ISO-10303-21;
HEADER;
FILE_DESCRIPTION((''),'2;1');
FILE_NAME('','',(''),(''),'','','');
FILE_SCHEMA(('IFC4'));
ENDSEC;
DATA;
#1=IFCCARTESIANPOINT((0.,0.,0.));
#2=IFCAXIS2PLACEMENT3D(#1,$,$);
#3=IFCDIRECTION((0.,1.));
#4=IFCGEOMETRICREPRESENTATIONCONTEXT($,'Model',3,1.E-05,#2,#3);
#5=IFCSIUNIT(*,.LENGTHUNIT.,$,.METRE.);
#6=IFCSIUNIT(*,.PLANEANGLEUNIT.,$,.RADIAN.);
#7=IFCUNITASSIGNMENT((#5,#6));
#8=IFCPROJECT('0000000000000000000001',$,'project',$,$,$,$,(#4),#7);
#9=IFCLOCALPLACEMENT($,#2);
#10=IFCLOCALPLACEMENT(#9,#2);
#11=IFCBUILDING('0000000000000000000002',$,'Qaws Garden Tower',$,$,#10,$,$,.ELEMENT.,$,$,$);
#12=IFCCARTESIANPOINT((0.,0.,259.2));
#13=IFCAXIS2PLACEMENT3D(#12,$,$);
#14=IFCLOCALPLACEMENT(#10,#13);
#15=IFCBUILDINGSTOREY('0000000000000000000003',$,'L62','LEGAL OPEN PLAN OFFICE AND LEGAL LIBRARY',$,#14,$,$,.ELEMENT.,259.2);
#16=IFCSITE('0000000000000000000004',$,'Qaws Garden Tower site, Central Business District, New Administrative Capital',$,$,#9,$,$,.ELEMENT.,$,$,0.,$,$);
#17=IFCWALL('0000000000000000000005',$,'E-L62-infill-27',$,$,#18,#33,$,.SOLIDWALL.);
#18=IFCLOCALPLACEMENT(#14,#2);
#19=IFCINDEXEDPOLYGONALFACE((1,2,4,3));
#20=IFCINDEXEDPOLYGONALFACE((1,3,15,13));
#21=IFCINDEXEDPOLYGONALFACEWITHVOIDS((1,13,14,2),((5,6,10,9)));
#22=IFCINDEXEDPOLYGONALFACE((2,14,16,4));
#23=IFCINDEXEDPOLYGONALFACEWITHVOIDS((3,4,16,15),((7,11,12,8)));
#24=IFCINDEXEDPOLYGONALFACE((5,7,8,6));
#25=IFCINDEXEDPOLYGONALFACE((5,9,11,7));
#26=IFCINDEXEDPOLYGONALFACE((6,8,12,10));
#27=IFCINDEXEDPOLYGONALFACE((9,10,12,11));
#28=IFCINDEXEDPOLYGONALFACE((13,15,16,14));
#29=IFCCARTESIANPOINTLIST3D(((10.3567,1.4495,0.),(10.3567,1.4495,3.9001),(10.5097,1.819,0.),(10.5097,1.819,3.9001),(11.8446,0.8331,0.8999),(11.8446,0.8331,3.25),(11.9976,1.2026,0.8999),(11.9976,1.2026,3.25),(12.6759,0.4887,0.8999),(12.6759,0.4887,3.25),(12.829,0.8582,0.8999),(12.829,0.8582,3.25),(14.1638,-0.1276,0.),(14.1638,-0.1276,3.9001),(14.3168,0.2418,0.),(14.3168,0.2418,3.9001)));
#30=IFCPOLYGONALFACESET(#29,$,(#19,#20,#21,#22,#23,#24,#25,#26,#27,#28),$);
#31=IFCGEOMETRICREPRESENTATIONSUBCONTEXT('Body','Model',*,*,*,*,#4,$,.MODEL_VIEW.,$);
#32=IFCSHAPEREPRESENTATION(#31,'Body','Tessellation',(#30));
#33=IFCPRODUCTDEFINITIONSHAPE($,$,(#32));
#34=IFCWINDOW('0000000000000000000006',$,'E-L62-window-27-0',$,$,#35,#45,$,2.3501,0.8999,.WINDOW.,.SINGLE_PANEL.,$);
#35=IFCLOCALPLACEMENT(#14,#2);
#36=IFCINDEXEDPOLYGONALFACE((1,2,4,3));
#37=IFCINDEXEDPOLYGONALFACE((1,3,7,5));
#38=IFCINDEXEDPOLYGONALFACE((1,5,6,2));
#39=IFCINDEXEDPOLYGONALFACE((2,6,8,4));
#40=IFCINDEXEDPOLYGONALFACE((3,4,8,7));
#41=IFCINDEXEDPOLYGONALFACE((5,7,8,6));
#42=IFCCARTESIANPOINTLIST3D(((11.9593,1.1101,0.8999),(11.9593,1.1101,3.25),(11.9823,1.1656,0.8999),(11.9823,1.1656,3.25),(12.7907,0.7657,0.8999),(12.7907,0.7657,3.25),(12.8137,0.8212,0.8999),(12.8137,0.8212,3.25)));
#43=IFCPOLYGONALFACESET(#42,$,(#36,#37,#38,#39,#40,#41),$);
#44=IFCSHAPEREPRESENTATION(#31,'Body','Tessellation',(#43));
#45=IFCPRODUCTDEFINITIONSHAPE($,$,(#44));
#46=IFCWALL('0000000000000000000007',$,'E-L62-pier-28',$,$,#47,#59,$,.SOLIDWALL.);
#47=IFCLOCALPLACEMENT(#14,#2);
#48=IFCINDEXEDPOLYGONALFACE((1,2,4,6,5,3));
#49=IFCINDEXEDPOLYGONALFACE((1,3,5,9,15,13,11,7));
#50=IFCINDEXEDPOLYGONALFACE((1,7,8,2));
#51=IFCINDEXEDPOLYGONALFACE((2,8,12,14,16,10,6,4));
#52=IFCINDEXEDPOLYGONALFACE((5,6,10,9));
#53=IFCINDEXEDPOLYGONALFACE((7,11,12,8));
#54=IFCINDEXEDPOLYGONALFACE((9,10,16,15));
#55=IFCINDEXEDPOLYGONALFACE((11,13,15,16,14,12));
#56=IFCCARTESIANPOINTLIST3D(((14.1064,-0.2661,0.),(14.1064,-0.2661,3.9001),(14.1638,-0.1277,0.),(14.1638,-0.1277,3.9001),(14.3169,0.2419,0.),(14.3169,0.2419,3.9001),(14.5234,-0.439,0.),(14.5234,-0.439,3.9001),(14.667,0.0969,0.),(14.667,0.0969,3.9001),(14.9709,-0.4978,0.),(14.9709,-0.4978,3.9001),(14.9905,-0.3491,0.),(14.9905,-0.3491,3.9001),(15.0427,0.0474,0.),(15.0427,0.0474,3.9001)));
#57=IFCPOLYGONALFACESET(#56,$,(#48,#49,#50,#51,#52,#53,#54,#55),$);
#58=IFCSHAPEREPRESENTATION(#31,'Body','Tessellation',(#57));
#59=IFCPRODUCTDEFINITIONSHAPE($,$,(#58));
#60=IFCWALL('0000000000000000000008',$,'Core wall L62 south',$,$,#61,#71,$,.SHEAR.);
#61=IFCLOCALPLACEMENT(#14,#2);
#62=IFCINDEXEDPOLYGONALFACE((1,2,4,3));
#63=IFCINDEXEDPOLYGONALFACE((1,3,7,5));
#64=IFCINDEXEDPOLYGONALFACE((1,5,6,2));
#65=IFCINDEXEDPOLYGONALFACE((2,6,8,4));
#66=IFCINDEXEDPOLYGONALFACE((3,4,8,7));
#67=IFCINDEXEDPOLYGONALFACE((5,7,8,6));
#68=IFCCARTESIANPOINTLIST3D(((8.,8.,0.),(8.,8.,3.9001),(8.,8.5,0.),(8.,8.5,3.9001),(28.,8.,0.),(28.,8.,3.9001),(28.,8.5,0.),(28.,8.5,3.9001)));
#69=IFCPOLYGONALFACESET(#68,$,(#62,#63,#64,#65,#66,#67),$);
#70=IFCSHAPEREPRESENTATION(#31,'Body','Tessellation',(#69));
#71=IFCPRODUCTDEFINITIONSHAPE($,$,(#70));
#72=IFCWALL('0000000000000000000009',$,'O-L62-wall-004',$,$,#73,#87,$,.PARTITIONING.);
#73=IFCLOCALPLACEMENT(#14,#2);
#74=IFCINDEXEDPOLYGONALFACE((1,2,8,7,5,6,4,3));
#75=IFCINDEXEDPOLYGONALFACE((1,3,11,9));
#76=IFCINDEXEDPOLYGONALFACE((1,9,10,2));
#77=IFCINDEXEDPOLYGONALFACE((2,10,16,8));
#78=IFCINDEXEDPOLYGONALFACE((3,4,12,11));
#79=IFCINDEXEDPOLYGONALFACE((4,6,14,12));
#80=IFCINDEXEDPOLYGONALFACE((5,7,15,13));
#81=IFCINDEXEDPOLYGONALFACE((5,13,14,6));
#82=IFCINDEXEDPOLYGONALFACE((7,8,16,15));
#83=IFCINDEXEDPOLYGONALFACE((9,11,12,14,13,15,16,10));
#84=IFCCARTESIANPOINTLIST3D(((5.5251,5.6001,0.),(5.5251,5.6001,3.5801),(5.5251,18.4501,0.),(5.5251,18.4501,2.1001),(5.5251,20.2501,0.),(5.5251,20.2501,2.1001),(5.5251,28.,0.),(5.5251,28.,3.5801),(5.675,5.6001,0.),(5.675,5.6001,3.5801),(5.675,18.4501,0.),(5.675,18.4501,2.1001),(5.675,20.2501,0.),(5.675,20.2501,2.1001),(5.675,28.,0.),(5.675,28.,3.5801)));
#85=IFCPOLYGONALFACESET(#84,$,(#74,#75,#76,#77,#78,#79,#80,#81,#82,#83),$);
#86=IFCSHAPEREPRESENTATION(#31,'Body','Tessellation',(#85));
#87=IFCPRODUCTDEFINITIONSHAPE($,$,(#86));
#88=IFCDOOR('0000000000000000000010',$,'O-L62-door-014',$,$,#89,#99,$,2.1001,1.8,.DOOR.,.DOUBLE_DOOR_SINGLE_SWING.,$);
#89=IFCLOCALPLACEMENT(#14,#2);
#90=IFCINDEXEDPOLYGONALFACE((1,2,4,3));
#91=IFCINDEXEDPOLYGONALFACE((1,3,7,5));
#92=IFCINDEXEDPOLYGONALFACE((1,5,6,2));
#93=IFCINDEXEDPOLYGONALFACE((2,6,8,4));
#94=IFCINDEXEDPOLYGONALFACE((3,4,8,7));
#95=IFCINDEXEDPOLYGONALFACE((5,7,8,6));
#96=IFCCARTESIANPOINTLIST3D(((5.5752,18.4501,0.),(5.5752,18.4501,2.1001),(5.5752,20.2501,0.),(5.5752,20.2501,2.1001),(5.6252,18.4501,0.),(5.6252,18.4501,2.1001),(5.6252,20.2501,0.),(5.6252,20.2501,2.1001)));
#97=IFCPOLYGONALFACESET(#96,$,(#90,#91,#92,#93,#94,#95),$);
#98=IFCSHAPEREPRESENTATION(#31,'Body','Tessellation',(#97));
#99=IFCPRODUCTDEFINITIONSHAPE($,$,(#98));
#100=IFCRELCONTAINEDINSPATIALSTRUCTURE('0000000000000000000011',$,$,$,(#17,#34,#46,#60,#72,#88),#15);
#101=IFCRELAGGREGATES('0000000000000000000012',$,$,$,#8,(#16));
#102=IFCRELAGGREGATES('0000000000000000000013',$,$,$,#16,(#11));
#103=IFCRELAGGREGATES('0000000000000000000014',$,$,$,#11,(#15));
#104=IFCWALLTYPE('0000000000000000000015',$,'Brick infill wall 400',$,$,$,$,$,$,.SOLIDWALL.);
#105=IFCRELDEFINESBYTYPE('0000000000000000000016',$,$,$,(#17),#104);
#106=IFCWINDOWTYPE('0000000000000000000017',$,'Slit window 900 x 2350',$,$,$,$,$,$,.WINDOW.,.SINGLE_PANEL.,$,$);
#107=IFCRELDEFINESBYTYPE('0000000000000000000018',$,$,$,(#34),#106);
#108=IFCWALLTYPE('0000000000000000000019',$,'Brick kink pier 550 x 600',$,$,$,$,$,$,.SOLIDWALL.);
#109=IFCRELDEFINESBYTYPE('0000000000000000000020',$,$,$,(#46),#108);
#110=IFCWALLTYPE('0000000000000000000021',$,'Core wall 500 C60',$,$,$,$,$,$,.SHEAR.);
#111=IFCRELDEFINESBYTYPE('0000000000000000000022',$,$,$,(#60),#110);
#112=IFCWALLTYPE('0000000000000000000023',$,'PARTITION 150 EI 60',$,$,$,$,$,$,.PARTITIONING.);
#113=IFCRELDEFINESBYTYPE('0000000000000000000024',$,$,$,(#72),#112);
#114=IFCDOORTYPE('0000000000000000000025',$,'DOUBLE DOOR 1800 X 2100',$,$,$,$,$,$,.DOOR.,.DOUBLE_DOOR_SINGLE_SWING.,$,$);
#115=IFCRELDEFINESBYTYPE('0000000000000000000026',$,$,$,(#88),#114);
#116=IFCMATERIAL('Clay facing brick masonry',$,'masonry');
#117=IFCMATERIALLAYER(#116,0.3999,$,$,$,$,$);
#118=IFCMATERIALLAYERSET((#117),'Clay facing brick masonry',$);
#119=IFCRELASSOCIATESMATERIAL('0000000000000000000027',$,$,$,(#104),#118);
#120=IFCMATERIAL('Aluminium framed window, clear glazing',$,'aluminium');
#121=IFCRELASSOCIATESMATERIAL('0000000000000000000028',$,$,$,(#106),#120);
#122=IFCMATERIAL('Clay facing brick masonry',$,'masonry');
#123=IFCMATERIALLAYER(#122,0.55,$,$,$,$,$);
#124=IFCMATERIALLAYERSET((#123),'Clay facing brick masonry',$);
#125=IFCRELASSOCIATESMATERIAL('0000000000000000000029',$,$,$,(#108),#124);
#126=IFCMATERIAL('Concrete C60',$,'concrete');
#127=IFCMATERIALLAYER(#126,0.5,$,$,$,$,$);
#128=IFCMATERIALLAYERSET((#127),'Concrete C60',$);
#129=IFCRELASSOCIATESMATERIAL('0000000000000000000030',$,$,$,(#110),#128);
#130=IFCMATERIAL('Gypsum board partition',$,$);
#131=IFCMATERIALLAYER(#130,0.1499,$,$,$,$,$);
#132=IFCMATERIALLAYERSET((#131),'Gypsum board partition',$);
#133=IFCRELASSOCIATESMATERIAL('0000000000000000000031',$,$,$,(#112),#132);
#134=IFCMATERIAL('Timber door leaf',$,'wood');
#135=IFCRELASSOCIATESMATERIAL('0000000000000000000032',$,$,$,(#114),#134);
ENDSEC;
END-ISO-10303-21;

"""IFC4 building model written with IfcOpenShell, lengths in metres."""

from ifc_helpers import new_model, si_unit, direction, frame, frame_2d, origin, place, context, subcontext, project, spatial, polyline, rectangle, outline, extrude, material, layer, layer_set, type_object, element, fill, save


model = new_model("IFC4")

# Units and contexts
model_context = context("Model", 3, precision=1e-05, world=origin(), true_north=direction((0.0, 1.0)))
body_context = subcontext(model_context, "Body", "Model", "MODEL_VIEW")
ifc_project = project(units=[si_unit("LENGTHUNIT", "METRE"), si_unit("PLANEANGLEUNIT", "RADIAN")], contexts=[model_context])

# Site, building, storey
site_placement = place(None, origin())
site = spatial("IfcSite", under=ifc_project, at=site_placement, Name="Qaws Garden Tower site, Central Business District, New Administrative Capital", CompositionType="ELEMENT", RefElevation=0.0)
building_placement = place(site_placement, origin())
building = spatial("IfcBuilding", under=site, at=building_placement, Name="Qaws Garden Tower", CompositionType="ELEMENT")
storey_placement = place(building_placement, frame((0.0, 0.0, 259.2)))
storey = spatial("IfcBuildingStorey", under=building, at=storey_placement, Name="L62", Description="LEGAL OPEN PLAN OFFICE AND LEGAL LIBRARY", CompositionType="ELEMENT", Elevation=259.2)

# Shared definitions
placement_1 = place(storey_placement, origin())

# Wall, opening, window
ifc_material_1 = material(Name="Clay facing brick masonry", Category="masonry")
ifc_layer_1 = layer(ifc_material_1, 0.3999)
ifc_layer_set_1 = layer_set([ifc_layer_1], Name="Clay facing brick masonry")
wall_type_1 = type_object("IfcWallType", Name="Brick infill wall 400", PredefinedType="SOLIDWALL", material=ifc_layer_set_1)
ifc_material_2 = material(Name="Aluminium framed window, clear glazing", Category="aluminium")
window_type = type_object("IfcWindowType", Name="Slit window 900 x 2350", PartitioningType="SINGLE_PANEL", PredefinedType="WINDOW", material=ifc_material_2)
wall_1_placement = place(storey_placement, frame((10.4331, 1.6343, 0.0), z_axis=(0.0, 0.0, 1.0), x_axis=(0.923864, -0.382722, 0.0)))
wall_1 = element("IfcWall", 1, at=wall_1_placement, inside=storey, type_object=wall_type_1, Name="E-L62-infill-27", PredefinedType="SOLIDWALL", context=body_context, shape_type="SweptSolid", body=[
    extrude(rectangle(XDim=4.1208, YDim=0.3999, at=frame_2d((2.0605, 0.0))), origin(), (0.0, 0.0, 1.0), 3.9001),
])
opening_1_placement = place(wall_1_placement, frame((1.6106, 0.0, 0.8999)))
opening_1 = element("IfcOpeningElement", 2, at=opening_1_placement, cuts=wall_1, PredefinedType="OPENING", context=body_context, shape_type="SweptSolid", body=[
    extrude(rectangle(XDim=0.8999, YDim=2.3501, at=frame_2d((0.45, 1.175))), frame((0.0, 0.21, 0.0), z_axis=(0.0, -1.0, 0.0), x_axis=(1.0, 0.0, 0.0)), (0.0, 0.0, 1.0), 0.4199),
])
window_1_placement = place(opening_1_placement, origin())
window_1 = element("IfcWindow", 3, at=window_1_placement, inside=storey, type_object=window_type, Name="E-L62-window-27-0", OverallHeight=2.3501, OverallWidth=0.8999, PartitioningType="SINGLE_PANEL", PredefinedType="WINDOW", context=body_context, shape_type="SweptSolid", body=[
    extrude(rectangle(XDim=0.8999, YDim=2.3501, at=frame_2d((0.45, 1.175))), frame((0.0, 0.1599, 0.0), z_axis=(0.0, -1.0, 0.0), x_axis=(1.0, 0.0, 0.0)), (0.0, 0.0, 1.0), 0.0601),
])
fill(opening_1, window_1)

# Walls
ifc_material_3 = material(Name="Clay facing brick masonry", Category="masonry")
ifc_layer_2 = layer(ifc_material_3, 0.55)
ifc_layer_set_2 = layer_set([ifc_layer_2], Name="Clay facing brick masonry")
wall_type_2 = type_object("IfcWallType", Name="Brick kink pier 550 x 600", PredefinedType="SOLIDWALL", material=ifc_layer_set_2)
element("IfcWall", 4, at=placement_1, inside=storey, type_object=wall_type_2, Name="E-L62-pier-28", PredefinedType="SOLIDWALL", context=body_context, shape_type="SweptSolid", body=[
    extrude(outline(polyline([(14.1638, -0.1277), (14.1064, -0.2661), (14.5234, -0.439), (14.9709, -0.4978), (14.9905, -0.3491), (15.0427, 0.0474), (14.667, 0.0969), (14.3169, 0.2419), (14.1638, -0.1277)])), origin(), (0.0, 0.0, 1.0), 3.9001),
])
ifc_material_4 = material(Name="Concrete C60", Category="concrete")
ifc_layer_3 = layer(ifc_material_4, 0.5)
ifc_layer_set_3 = layer_set([ifc_layer_3], Name="Concrete C60")
wall_type_3 = type_object("IfcWallType", Name="Core wall 500 C60", PredefinedType="SHEAR", material=ifc_layer_set_3)
wall_2_placement = place(storey_placement, frame((8.0, 8.25, 0.0), z_axis=(0.0, 0.0, 1.0), x_axis=(1.0, 0.0, 0.0)))
element("IfcWall", 5, at=wall_2_placement, inside=storey, type_object=wall_type_3, Name="Core wall L62 south", PredefinedType="SHEAR", context=body_context, shape_type="SweptSolid", body=[
    extrude(rectangle(XDim=20.0, YDim=0.5, at=frame_2d((10.0, 0.0))), origin(), (0.0, 0.0, 1.0), 3.9001),
])

# Wall, opening, door
ifc_material_5 = material(Name="Gypsum board partition")
ifc_layer_4 = layer(ifc_material_5, 0.1499)
ifc_layer_set_4 = layer_set([ifc_layer_4], Name="Gypsum board partition")
wall_type_4 = type_object("IfcWallType", Name="PARTITION 150 EI 60", PredefinedType="PARTITIONING", material=ifc_layer_set_4)
wall_3_placement = place(storey_placement, frame((5.6001, 5.6001, 0.0), z_axis=(0.0, 0.0, 1.0), x_axis=(0.0, 1.0, 0.0)))
wall_3 = element("IfcWall", 6, at=wall_3_placement, inside=storey, type_object=wall_type_4, Name="O-L62-wall-004", PredefinedType="PARTITIONING", context=body_context, shape_type="SweptSolid", body=[
    extrude(rectangle(XDim=22.3999, YDim=0.1499, at=frame_2d((11.2, 0.0))), origin(), (0.0, 0.0, 1.0), 3.5801),
])
opening_2_placement = place(wall_3_placement, frame((12.8501, 0.0, 0.0)))
opening_2 = element("IfcOpeningElement", 7, at=opening_2_placement, cuts=wall_3, PredefinedType="OPENING", context=body_context, shape_type="SweptSolid", body=[
    extrude(rectangle(XDim=1.8, YDim=2.1001, at=frame_2d((0.8999, 1.05))), frame((0.0, 0.085, 0.0), z_axis=(0.0, -1.0, 0.0), x_axis=(1.0, 0.0, 0.0)), (0.0, 0.0, 1.0), 0.1699),
])
ifc_material_6 = material(Name="Timber door leaf", Category="wood")
door_type_1 = type_object("IfcDoorType", Name="DOUBLE DOOR 1800 X 2100", OperationType="DOUBLE_DOOR_SINGLE_SWING", PredefinedType="DOOR", material=ifc_material_6)
door_1_placement = place(opening_2_placement, origin())
door_1 = element("IfcDoor", 8, at=door_1_placement, inside=storey, type_object=door_type_1, Name="O-L62-door-014", OperationType="DOUBLE_DOOR_SINGLE_SWING", OverallHeight=2.1001, OverallWidth=1.8, PredefinedType="DOOR", context=body_context, shape_type="SweptSolid", body=[
    extrude(rectangle(XDim=1.8, YDim=2.1001, at=frame_2d((0.8999, 1.05))), frame((0.0, 0.0249, 0.0), z_axis=(0.0, -1.0, 0.0), x_axis=(1.0, 0.0, 0.0)), (0.0, 0.0, 1.0), 0.05),
])
fill(opening_2, door_1)

save(model, "model.ifc")
